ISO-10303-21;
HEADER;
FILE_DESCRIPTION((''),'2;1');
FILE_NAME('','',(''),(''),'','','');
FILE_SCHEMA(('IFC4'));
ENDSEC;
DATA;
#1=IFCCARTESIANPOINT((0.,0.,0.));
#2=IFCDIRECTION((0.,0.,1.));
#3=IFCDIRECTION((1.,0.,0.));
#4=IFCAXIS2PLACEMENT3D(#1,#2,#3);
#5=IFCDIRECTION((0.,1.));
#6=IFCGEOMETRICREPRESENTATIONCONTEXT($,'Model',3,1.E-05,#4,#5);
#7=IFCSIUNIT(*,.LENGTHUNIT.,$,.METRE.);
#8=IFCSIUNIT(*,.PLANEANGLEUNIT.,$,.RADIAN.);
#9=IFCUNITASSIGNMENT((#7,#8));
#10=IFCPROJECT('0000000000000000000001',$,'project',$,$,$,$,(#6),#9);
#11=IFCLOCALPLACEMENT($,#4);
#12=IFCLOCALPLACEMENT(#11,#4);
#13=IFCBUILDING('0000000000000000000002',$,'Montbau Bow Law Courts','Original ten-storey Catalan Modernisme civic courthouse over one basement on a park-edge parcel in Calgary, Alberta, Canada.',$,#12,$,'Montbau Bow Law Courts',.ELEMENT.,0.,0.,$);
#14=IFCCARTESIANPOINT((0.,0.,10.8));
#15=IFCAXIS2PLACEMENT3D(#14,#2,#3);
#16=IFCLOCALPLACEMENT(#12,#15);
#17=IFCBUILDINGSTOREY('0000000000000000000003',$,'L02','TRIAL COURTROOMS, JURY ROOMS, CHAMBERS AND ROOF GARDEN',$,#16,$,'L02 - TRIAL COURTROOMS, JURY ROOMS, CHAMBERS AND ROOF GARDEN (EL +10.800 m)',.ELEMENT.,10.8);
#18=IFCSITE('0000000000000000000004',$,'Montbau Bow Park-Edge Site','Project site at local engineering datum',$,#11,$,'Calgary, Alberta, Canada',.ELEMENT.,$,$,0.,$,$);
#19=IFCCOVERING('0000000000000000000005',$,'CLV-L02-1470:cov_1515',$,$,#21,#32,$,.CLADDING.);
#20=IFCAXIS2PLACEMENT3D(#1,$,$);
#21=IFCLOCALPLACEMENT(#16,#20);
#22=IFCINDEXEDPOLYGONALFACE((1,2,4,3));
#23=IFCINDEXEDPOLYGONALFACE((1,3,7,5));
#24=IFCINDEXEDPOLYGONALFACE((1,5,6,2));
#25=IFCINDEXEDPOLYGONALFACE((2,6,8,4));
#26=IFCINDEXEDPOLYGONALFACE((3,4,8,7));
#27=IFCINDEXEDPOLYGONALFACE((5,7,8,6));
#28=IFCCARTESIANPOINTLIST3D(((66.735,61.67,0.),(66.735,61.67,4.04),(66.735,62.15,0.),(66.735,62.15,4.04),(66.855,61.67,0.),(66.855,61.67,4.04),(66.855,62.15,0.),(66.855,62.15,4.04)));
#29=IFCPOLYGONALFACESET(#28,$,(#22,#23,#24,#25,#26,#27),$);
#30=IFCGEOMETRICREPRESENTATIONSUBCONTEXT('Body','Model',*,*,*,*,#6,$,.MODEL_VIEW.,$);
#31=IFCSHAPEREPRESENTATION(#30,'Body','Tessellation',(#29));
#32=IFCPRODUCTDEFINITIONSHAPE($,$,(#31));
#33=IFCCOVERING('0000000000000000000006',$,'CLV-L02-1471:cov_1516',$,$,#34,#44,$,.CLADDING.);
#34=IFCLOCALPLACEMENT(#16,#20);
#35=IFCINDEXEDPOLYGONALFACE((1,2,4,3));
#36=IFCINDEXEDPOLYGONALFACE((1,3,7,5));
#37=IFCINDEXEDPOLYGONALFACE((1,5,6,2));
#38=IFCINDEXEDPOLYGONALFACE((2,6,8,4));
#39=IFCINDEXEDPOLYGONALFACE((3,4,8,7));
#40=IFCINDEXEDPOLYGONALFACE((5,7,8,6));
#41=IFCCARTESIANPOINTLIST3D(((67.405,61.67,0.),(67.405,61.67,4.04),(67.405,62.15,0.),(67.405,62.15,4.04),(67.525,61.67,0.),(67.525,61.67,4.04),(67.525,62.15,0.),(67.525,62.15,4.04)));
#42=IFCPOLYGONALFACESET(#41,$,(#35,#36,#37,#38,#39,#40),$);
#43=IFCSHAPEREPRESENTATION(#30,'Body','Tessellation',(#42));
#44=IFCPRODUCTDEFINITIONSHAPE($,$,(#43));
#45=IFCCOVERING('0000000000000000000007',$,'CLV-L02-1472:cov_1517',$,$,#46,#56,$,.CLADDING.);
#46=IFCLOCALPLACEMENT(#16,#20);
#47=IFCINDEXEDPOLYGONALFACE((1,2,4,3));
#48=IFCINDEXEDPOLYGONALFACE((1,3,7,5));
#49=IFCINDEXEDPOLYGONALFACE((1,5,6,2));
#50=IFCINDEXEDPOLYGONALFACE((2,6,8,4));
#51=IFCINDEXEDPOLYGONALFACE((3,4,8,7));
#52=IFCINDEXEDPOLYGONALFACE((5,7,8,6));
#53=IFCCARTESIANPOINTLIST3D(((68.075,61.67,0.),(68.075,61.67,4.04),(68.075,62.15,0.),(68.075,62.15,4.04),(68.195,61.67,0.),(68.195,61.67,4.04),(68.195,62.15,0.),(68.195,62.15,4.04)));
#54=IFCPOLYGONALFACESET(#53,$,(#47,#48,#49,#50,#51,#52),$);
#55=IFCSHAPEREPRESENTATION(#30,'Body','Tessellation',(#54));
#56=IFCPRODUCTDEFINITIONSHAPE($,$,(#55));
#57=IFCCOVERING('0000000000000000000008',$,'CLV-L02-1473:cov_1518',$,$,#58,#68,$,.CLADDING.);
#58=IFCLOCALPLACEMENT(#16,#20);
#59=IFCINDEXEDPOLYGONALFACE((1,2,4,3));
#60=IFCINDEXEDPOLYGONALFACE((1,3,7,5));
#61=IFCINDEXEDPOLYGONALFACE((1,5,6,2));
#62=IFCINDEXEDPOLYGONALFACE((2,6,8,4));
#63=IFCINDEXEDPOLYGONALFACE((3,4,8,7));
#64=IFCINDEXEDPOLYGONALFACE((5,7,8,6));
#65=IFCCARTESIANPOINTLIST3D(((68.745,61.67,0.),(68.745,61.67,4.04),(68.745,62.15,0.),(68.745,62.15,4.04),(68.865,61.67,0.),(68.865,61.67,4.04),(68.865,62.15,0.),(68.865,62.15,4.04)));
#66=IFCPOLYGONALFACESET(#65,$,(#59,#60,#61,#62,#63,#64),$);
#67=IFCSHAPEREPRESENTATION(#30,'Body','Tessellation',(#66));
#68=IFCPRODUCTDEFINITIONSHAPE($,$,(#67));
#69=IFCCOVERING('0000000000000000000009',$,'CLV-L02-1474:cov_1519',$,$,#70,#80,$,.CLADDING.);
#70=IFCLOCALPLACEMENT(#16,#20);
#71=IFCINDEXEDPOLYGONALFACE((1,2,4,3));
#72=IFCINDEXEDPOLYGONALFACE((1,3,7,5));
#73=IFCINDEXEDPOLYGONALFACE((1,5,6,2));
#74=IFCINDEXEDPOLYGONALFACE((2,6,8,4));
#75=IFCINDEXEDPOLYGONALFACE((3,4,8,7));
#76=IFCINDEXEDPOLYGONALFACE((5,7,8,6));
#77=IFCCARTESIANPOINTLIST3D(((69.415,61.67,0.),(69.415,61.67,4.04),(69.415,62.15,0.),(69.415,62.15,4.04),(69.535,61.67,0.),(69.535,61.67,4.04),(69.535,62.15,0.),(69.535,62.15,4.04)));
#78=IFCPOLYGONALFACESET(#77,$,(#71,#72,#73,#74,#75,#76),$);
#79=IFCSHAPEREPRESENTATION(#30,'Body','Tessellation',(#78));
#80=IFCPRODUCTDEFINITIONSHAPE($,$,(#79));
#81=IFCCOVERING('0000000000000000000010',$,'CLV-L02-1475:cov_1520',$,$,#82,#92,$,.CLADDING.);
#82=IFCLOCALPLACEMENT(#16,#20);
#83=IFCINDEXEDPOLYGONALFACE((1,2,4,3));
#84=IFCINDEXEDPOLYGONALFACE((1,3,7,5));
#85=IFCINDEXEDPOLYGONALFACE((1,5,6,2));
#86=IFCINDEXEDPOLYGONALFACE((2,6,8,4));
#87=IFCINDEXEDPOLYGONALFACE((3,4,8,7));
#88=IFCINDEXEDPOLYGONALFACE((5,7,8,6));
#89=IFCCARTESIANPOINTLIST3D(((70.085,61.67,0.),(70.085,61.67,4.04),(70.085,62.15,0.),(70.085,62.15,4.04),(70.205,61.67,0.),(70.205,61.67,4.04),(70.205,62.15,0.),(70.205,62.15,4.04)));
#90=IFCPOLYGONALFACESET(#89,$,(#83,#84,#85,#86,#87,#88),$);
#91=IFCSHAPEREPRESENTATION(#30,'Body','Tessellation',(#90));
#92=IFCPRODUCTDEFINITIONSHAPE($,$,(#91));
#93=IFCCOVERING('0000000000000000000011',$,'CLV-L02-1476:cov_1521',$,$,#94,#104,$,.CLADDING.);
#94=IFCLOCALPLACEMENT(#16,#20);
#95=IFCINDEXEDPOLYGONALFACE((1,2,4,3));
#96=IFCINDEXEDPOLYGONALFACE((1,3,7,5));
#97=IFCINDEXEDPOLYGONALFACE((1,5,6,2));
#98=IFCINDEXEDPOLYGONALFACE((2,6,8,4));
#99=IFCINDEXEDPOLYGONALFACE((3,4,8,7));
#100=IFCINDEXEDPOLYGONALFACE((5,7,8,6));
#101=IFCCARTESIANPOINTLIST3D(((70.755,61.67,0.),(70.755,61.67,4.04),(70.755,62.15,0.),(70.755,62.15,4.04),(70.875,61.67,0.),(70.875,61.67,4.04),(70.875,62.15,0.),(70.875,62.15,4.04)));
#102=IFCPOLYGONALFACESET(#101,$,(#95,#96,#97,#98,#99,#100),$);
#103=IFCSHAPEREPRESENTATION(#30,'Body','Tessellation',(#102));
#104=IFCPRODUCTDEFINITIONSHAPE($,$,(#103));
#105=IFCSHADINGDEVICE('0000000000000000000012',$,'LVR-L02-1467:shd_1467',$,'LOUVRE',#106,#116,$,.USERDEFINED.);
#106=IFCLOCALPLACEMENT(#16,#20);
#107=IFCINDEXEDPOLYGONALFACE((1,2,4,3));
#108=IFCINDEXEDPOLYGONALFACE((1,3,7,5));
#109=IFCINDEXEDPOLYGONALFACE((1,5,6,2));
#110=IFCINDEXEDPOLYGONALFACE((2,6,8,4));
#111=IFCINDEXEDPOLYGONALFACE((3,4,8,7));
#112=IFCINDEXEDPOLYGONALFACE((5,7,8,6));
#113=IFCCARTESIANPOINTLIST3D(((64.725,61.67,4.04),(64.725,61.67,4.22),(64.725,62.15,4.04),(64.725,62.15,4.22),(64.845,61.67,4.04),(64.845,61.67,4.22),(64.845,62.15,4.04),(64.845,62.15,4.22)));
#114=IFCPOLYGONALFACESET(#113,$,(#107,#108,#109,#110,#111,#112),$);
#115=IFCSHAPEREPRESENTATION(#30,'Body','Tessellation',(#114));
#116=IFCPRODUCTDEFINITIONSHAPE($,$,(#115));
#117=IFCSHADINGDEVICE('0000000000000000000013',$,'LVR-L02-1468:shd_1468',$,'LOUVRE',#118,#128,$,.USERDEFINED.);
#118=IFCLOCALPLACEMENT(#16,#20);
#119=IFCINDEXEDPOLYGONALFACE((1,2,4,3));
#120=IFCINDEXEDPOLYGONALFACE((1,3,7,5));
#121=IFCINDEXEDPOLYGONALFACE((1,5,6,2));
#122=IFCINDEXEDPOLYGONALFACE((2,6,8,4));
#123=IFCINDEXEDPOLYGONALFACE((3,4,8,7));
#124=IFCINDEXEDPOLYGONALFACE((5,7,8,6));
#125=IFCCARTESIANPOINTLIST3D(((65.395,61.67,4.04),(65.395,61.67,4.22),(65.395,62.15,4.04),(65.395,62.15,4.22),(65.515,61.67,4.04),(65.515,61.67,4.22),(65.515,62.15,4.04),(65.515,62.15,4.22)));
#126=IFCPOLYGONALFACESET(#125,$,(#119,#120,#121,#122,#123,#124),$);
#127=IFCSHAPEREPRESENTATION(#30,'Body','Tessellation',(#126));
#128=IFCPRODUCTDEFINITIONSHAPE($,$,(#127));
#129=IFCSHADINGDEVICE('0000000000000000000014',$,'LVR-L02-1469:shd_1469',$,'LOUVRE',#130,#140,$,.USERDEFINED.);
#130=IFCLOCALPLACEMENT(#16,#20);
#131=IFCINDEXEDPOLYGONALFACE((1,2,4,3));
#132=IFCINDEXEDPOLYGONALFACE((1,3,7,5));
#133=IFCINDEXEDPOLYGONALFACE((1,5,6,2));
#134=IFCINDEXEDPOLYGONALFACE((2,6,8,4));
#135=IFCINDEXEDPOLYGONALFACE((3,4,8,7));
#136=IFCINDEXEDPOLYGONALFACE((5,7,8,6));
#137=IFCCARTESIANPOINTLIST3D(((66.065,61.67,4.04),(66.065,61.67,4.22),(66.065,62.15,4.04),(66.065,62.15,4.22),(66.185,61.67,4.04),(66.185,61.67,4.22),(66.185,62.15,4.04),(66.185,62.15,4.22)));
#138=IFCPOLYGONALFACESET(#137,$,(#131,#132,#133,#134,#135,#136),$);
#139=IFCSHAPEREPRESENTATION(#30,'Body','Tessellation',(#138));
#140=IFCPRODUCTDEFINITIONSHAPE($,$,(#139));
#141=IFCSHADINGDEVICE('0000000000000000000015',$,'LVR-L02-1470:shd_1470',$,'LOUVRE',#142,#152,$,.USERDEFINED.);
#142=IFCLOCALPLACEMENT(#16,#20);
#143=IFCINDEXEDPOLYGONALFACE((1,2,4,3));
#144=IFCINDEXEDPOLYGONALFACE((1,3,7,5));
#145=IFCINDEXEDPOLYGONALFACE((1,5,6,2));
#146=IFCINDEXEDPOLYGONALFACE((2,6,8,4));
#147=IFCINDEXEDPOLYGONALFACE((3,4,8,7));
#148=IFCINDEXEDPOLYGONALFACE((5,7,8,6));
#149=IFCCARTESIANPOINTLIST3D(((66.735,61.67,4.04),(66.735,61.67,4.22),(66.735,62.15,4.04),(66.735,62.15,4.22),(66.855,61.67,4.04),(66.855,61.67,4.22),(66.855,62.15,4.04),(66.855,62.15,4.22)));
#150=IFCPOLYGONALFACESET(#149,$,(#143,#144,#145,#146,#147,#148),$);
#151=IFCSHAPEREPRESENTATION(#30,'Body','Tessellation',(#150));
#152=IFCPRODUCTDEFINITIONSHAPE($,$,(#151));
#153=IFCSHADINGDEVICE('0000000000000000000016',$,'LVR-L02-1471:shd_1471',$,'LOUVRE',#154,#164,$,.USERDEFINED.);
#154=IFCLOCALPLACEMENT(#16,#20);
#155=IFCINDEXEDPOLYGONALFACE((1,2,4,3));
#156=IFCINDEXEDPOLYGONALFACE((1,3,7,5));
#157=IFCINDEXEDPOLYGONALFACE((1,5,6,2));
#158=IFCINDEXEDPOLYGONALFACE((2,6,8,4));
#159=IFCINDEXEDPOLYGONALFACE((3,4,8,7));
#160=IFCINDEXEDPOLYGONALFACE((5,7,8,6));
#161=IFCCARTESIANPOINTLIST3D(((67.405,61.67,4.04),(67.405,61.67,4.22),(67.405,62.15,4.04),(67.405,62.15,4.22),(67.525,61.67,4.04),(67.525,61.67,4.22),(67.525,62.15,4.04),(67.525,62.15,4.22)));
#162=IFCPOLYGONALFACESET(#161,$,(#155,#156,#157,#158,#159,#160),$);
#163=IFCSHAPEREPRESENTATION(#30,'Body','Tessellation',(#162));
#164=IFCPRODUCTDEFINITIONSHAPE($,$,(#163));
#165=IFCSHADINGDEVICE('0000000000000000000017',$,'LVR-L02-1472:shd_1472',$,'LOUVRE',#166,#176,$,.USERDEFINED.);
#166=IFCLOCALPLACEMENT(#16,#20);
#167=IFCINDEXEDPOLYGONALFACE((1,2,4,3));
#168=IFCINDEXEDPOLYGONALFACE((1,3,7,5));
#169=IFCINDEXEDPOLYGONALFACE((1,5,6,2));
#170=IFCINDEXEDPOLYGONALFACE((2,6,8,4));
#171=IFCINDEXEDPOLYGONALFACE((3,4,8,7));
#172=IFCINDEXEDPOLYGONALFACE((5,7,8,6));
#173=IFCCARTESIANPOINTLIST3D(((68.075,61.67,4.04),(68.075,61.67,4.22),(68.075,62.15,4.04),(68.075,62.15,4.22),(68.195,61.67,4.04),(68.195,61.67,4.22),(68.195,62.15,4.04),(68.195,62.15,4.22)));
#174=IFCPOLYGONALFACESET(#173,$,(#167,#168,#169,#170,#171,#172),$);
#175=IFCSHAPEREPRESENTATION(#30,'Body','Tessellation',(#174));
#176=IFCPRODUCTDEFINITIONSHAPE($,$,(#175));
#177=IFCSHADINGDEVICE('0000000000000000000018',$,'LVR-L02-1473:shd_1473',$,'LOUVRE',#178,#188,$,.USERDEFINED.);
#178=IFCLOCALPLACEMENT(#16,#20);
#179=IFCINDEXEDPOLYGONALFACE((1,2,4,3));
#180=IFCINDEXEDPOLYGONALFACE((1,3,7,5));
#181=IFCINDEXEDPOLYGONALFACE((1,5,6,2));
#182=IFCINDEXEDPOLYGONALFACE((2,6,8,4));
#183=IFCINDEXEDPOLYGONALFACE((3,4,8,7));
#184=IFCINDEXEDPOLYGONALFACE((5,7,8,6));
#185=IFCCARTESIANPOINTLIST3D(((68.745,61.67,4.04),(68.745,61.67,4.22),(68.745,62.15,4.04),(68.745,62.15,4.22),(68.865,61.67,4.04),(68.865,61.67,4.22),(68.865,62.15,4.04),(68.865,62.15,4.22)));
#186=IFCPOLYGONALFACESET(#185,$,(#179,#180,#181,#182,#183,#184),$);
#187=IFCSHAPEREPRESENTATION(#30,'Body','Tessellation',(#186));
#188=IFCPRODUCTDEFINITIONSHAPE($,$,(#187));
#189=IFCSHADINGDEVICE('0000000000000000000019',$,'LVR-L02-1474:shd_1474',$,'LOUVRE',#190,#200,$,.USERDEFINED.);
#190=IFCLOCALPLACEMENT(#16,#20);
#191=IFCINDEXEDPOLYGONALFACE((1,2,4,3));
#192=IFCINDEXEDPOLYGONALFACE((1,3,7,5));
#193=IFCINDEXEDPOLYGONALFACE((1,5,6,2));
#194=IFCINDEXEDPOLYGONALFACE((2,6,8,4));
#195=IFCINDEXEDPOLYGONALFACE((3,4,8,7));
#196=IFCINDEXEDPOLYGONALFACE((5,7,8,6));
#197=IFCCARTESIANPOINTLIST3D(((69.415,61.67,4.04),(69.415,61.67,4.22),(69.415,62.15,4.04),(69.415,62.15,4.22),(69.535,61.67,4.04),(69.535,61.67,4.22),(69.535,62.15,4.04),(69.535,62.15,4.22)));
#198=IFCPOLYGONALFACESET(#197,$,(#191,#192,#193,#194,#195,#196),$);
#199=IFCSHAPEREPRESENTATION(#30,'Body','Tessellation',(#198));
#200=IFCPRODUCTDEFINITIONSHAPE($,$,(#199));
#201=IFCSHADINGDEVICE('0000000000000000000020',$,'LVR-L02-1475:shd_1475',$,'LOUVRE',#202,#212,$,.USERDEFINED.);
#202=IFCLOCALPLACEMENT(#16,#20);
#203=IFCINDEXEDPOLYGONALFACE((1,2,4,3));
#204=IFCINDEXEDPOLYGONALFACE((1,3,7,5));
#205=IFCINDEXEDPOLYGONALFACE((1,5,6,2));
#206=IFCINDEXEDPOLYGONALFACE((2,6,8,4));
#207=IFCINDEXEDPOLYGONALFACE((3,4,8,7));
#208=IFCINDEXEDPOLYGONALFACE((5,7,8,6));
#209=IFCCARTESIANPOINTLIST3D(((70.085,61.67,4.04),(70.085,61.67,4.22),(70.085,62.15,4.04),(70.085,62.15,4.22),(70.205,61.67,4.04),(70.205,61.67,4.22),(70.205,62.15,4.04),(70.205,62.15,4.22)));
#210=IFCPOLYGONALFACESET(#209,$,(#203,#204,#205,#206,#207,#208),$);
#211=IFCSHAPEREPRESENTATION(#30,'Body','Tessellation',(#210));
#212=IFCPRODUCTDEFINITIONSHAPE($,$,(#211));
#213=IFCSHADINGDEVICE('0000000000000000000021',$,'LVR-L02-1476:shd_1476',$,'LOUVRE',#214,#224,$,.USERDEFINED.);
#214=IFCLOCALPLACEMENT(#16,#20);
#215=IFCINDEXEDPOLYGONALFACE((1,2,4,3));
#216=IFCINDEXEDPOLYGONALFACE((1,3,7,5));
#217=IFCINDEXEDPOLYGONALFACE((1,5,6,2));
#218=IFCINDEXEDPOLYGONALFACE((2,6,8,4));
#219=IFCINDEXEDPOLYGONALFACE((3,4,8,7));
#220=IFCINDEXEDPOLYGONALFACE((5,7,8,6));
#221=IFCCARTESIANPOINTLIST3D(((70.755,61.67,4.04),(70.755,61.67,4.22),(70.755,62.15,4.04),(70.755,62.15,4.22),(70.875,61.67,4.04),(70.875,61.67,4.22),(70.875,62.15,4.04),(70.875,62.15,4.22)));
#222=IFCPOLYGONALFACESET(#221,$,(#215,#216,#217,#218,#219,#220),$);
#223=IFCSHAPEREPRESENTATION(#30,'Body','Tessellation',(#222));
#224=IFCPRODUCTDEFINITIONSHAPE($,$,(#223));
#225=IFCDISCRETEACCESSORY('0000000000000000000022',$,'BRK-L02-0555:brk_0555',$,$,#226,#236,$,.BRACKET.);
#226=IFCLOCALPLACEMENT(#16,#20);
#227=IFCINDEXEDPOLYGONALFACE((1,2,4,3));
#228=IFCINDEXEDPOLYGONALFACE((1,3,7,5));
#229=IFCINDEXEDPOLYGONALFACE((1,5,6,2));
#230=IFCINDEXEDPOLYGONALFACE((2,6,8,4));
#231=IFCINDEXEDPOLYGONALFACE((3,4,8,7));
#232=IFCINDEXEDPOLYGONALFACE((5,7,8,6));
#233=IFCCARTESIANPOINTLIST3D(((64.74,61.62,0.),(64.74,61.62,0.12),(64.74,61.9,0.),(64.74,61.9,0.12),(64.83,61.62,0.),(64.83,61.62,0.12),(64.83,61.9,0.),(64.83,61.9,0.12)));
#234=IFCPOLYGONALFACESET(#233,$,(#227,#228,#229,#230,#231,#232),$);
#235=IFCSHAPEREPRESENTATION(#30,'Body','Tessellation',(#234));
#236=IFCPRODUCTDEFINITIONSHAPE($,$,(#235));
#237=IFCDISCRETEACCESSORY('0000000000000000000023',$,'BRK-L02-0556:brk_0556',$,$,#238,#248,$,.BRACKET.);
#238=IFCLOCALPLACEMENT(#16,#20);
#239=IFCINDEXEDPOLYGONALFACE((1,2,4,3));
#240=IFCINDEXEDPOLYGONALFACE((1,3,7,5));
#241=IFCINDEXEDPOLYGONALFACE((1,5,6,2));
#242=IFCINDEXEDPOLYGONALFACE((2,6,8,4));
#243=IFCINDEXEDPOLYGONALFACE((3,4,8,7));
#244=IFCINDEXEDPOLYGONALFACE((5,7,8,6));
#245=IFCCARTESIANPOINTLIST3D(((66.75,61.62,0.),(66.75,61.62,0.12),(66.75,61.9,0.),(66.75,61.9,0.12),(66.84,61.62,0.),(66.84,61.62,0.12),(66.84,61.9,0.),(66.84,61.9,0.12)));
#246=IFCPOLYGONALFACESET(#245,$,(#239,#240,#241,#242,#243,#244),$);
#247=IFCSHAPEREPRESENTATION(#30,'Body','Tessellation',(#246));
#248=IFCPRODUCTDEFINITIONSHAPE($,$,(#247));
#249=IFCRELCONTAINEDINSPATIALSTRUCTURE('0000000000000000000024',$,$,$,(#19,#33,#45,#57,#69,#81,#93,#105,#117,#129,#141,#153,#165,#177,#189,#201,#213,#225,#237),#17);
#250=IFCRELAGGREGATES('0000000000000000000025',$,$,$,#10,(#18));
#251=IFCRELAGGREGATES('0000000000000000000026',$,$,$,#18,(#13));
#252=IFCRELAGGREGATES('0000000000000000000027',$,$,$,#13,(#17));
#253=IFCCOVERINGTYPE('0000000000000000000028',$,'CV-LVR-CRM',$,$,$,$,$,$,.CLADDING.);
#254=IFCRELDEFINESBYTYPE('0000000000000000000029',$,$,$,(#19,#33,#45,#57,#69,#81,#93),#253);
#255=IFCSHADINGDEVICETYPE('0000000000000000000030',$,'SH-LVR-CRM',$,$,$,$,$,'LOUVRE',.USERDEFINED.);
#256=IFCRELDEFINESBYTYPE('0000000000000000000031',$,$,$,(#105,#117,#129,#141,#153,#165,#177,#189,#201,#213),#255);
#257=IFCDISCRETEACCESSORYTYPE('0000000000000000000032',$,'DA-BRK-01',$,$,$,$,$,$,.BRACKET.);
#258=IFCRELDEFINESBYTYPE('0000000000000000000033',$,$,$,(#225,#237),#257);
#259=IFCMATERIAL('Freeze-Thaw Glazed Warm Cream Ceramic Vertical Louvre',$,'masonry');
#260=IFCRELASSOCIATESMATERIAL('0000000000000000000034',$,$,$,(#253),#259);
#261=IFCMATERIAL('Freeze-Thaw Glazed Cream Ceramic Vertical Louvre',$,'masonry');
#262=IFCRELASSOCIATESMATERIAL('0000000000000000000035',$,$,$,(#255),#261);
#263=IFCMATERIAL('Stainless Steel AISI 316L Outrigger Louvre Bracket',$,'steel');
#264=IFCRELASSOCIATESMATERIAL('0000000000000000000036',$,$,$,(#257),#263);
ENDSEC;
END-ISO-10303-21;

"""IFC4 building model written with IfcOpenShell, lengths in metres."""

from ifc_helpers import new_model, si_unit, direction, frame, frame_2d, origin_with_axes, origin_2d_with_axis, place, context, subcontext, project, spatial, rectangle, extrude, material, type_object, element, save


model = new_model("IFC4")

# Units and contexts
model_context = context("Model", 3, precision=1e-05, world=origin_with_axes(), true_north=direction((0.0, 1.0)))
body_context = subcontext(model_context, "Body", "Model", "MODEL_VIEW")
ifc_project = project(units=[si_unit("LENGTHUNIT", "METRE"), si_unit("PLANEANGLEUNIT", "RADIAN")], contexts=[model_context])

# Site, building, storey
site_placement = place(None, origin_with_axes())
site = spatial("IfcSite", under=ifc_project, at=site_placement, Name="Montbau Bow Park-Edge Site", Description="Project site at local engineering datum", LongName="Calgary, Alberta, Canada", CompositionType="ELEMENT", RefElevation=0.0)
building_placement = place(site_placement, origin_with_axes())
building = spatial("IfcBuilding", under=site, at=building_placement, Name="Montbau Bow Law Courts", Description="Original ten-storey Catalan Modernisme civic courthouse over one basement on a park-edge parcel in Calgary, Alberta, Canada.", LongName="Montbau Bow Law Courts", CompositionType="ELEMENT", ElevationOfRefHeight=0.0, ElevationOfTerrain=0.0)
storey_placement = place(building_placement, frame((0.0, 0.0, 10.8), z_axis=(0.0, 0.0, 1.0), x_axis=(1.0, 0.0, 0.0)))
storey = spatial("IfcBuildingStorey", under=building, at=storey_placement, Name="L02", Description="TRIAL COURTROOMS, JURY ROOMS, CHAMBERS AND ROOF GARDEN", LongName="L02 - TRIAL COURTROOMS, JURY ROOMS, CHAMBERS AND ROOF GARDEN (EL +10.800 m)", CompositionType="ELEMENT", Elevation=10.8)

# Coverings
ifc_material_1 = material(Name="Freeze-Thaw Glazed Warm Cream Ceramic Vertical Louvre", Category="masonry")
covering_type = type_object("IfcCoveringType", Name="CV-LVR-CRM", PredefinedType="CLADDING", material=ifc_material_1)
for number, where, z_axis, x_axis, name in (
    (1, (66.795, 61.67, 10.8), (1.0, 0.0, 0.0), (0.0, 1.0, 0.0), "CLV-L02-1470:cov_1515"),
    (2, (67.465, 61.67, 10.8), (1.0, 0.0, 0.0), (0.0, 1.0, 0.0), "CLV-L02-1471:cov_1516"),
    (3, (68.135, 61.67, 10.8), (1.0, 0.0, 0.0), (0.0, 1.0, 0.0), "CLV-L02-1472:cov_1517"),
    (4, (68.805, 61.67, 10.8), (1.0, 0.0, 0.0), (0.0, 1.0, 0.0), "CLV-L02-1473:cov_1518"),
    (5, (69.475, 61.67, 10.8), (1.0, 0.0, 0.0), (0.0, 1.0, 0.0), "CLV-L02-1474:cov_1519"),
    (6, (70.145, 61.67, 10.8), (1.0, 0.0, 0.0), (0.0, 1.0, 0.0), "CLV-L02-1475:cov_1520"),
    (7, (70.815, 61.67, 10.8), (1.0, 0.0, 0.0), (0.0, 1.0, 0.0), "CLV-L02-1476:cov_1521"),
):
    element("IfcCovering", number, at=place(None, frame(where, z_axis=z_axis, x_axis=x_axis)), inside=storey, type_object=covering_type, Name=name, PredefinedType="CLADDING", context=body_context, shape_type="SweptSolid", body=[
        extrude(rectangle(XDim=0.48, YDim=4.04, at=frame_2d((0.24, 2.02), x_axis=(1.0, 0.0))), frame((0.0, 0.0, -0.06), z_axis=(0.0, 0.0, 1.0), x_axis=(1.0, 0.0, 0.0)), (0.0, 0.0, 1.0), 0.12),
    ])

# Shading devices
ifc_material_2 = material(Name="Freeze-Thaw Glazed Cream Ceramic Vertical Louvre", Category="masonry")
shading_device_type = type_object("IfcShadingDeviceType", Name="SH-LVR-CRM", ElementType="LOUVRE", PredefinedType="USERDEFINED", material=ifc_material_2)
for number, where, z_axis, x_axis, name in (
    (8, (64.785, 61.91, 14.84), (0.0, 0.0, 1.0), (0.0, 1.0, 0.0), "LVR-L02-1467:shd_1467"),
    (9, (65.455, 61.91, 14.84), (0.0, 0.0, 1.0), (0.0, 1.0, 0.0), "LVR-L02-1468:shd_1468"),
    (10, (66.125, 61.91, 14.84), (0.0, 0.0, 1.0), (0.0, 1.0, 0.0), "LVR-L02-1469:shd_1469"),
    (11, (66.795, 61.91, 14.84), (0.0, 0.0, 1.0), (0.0, 1.0, 0.0), "LVR-L02-1470:shd_1470"),
    (12, (67.465, 61.91, 14.84), (0.0, 0.0, 1.0), (0.0, 1.0, 0.0), "LVR-L02-1471:shd_1471"),
    (13, (68.135, 61.91, 14.84), (0.0, 0.0, 1.0), (0.0, 1.0, 0.0), "LVR-L02-1472:shd_1472"),
    (14, (68.805, 61.91, 14.84), (0.0, 0.0, 1.0), (0.0, 1.0, 0.0), "LVR-L02-1473:shd_1473"),
    (15, (69.475, 61.91, 14.84), (0.0, 0.0, 1.0), (0.0, 1.0, 0.0), "LVR-L02-1474:shd_1474"),
    (16, (70.145, 61.91, 14.84), (0.0, 0.0, 1.0), (0.0, 1.0, 0.0), "LVR-L02-1475:shd_1475"),
    (17, (70.815, 61.91, 14.84), (0.0, 0.0, 1.0), (0.0, 1.0, 0.0), "LVR-L02-1476:shd_1476"),
):
    element("IfcShadingDevice", number, at=place(None, frame(where, z_axis=z_axis, x_axis=x_axis)), inside=storey, type_object=shading_device_type, Name=name, ObjectType="LOUVRE", PredefinedType="USERDEFINED", context=body_context, shape_type="SweptSolid", body=[
        extrude(rectangle(XDim=0.48, YDim=0.12, at=origin_2d_with_axis()), origin_with_axes(), (0.0, 0.0, 1.0), 0.18),
    ])

# Discrete accessories
ifc_material_3 = material(Name="Stainless Steel AISI 316L Outrigger Louvre Bracket", Category="steel")
discrete_accessory_type = type_object("IfcDiscreteAccessoryType", Name="DA-BRK-01", PredefinedType="BRACKET", material=ifc_material_3)
for number, where, z_axis, x_axis, name in (
    (18, (64.785, 61.76, 10.8), (0.0, 0.0, 1.0), (0.0, 1.0, 0.0), "BRK-L02-0555:brk_0555"),
    (19, (66.795, 61.76, 10.8), (0.0, 0.0, 1.0), (0.0, 1.0, 0.0), "BRK-L02-0556:brk_0556"),
):
    element("IfcDiscreteAccessory", number, at=place(None, frame(where, z_axis=z_axis, x_axis=x_axis)), inside=storey, type_object=discrete_accessory_type, Name=name, PredefinedType="BRACKET", context=body_context, shape_type="SweptSolid", body=[
        extrude(rectangle(XDim=0.28, YDim=0.09, at=origin_2d_with_axis()), origin_with_axes(), (0.0, 0.0, 1.0), 0.12),
    ])

save(model, "model.ifc")
